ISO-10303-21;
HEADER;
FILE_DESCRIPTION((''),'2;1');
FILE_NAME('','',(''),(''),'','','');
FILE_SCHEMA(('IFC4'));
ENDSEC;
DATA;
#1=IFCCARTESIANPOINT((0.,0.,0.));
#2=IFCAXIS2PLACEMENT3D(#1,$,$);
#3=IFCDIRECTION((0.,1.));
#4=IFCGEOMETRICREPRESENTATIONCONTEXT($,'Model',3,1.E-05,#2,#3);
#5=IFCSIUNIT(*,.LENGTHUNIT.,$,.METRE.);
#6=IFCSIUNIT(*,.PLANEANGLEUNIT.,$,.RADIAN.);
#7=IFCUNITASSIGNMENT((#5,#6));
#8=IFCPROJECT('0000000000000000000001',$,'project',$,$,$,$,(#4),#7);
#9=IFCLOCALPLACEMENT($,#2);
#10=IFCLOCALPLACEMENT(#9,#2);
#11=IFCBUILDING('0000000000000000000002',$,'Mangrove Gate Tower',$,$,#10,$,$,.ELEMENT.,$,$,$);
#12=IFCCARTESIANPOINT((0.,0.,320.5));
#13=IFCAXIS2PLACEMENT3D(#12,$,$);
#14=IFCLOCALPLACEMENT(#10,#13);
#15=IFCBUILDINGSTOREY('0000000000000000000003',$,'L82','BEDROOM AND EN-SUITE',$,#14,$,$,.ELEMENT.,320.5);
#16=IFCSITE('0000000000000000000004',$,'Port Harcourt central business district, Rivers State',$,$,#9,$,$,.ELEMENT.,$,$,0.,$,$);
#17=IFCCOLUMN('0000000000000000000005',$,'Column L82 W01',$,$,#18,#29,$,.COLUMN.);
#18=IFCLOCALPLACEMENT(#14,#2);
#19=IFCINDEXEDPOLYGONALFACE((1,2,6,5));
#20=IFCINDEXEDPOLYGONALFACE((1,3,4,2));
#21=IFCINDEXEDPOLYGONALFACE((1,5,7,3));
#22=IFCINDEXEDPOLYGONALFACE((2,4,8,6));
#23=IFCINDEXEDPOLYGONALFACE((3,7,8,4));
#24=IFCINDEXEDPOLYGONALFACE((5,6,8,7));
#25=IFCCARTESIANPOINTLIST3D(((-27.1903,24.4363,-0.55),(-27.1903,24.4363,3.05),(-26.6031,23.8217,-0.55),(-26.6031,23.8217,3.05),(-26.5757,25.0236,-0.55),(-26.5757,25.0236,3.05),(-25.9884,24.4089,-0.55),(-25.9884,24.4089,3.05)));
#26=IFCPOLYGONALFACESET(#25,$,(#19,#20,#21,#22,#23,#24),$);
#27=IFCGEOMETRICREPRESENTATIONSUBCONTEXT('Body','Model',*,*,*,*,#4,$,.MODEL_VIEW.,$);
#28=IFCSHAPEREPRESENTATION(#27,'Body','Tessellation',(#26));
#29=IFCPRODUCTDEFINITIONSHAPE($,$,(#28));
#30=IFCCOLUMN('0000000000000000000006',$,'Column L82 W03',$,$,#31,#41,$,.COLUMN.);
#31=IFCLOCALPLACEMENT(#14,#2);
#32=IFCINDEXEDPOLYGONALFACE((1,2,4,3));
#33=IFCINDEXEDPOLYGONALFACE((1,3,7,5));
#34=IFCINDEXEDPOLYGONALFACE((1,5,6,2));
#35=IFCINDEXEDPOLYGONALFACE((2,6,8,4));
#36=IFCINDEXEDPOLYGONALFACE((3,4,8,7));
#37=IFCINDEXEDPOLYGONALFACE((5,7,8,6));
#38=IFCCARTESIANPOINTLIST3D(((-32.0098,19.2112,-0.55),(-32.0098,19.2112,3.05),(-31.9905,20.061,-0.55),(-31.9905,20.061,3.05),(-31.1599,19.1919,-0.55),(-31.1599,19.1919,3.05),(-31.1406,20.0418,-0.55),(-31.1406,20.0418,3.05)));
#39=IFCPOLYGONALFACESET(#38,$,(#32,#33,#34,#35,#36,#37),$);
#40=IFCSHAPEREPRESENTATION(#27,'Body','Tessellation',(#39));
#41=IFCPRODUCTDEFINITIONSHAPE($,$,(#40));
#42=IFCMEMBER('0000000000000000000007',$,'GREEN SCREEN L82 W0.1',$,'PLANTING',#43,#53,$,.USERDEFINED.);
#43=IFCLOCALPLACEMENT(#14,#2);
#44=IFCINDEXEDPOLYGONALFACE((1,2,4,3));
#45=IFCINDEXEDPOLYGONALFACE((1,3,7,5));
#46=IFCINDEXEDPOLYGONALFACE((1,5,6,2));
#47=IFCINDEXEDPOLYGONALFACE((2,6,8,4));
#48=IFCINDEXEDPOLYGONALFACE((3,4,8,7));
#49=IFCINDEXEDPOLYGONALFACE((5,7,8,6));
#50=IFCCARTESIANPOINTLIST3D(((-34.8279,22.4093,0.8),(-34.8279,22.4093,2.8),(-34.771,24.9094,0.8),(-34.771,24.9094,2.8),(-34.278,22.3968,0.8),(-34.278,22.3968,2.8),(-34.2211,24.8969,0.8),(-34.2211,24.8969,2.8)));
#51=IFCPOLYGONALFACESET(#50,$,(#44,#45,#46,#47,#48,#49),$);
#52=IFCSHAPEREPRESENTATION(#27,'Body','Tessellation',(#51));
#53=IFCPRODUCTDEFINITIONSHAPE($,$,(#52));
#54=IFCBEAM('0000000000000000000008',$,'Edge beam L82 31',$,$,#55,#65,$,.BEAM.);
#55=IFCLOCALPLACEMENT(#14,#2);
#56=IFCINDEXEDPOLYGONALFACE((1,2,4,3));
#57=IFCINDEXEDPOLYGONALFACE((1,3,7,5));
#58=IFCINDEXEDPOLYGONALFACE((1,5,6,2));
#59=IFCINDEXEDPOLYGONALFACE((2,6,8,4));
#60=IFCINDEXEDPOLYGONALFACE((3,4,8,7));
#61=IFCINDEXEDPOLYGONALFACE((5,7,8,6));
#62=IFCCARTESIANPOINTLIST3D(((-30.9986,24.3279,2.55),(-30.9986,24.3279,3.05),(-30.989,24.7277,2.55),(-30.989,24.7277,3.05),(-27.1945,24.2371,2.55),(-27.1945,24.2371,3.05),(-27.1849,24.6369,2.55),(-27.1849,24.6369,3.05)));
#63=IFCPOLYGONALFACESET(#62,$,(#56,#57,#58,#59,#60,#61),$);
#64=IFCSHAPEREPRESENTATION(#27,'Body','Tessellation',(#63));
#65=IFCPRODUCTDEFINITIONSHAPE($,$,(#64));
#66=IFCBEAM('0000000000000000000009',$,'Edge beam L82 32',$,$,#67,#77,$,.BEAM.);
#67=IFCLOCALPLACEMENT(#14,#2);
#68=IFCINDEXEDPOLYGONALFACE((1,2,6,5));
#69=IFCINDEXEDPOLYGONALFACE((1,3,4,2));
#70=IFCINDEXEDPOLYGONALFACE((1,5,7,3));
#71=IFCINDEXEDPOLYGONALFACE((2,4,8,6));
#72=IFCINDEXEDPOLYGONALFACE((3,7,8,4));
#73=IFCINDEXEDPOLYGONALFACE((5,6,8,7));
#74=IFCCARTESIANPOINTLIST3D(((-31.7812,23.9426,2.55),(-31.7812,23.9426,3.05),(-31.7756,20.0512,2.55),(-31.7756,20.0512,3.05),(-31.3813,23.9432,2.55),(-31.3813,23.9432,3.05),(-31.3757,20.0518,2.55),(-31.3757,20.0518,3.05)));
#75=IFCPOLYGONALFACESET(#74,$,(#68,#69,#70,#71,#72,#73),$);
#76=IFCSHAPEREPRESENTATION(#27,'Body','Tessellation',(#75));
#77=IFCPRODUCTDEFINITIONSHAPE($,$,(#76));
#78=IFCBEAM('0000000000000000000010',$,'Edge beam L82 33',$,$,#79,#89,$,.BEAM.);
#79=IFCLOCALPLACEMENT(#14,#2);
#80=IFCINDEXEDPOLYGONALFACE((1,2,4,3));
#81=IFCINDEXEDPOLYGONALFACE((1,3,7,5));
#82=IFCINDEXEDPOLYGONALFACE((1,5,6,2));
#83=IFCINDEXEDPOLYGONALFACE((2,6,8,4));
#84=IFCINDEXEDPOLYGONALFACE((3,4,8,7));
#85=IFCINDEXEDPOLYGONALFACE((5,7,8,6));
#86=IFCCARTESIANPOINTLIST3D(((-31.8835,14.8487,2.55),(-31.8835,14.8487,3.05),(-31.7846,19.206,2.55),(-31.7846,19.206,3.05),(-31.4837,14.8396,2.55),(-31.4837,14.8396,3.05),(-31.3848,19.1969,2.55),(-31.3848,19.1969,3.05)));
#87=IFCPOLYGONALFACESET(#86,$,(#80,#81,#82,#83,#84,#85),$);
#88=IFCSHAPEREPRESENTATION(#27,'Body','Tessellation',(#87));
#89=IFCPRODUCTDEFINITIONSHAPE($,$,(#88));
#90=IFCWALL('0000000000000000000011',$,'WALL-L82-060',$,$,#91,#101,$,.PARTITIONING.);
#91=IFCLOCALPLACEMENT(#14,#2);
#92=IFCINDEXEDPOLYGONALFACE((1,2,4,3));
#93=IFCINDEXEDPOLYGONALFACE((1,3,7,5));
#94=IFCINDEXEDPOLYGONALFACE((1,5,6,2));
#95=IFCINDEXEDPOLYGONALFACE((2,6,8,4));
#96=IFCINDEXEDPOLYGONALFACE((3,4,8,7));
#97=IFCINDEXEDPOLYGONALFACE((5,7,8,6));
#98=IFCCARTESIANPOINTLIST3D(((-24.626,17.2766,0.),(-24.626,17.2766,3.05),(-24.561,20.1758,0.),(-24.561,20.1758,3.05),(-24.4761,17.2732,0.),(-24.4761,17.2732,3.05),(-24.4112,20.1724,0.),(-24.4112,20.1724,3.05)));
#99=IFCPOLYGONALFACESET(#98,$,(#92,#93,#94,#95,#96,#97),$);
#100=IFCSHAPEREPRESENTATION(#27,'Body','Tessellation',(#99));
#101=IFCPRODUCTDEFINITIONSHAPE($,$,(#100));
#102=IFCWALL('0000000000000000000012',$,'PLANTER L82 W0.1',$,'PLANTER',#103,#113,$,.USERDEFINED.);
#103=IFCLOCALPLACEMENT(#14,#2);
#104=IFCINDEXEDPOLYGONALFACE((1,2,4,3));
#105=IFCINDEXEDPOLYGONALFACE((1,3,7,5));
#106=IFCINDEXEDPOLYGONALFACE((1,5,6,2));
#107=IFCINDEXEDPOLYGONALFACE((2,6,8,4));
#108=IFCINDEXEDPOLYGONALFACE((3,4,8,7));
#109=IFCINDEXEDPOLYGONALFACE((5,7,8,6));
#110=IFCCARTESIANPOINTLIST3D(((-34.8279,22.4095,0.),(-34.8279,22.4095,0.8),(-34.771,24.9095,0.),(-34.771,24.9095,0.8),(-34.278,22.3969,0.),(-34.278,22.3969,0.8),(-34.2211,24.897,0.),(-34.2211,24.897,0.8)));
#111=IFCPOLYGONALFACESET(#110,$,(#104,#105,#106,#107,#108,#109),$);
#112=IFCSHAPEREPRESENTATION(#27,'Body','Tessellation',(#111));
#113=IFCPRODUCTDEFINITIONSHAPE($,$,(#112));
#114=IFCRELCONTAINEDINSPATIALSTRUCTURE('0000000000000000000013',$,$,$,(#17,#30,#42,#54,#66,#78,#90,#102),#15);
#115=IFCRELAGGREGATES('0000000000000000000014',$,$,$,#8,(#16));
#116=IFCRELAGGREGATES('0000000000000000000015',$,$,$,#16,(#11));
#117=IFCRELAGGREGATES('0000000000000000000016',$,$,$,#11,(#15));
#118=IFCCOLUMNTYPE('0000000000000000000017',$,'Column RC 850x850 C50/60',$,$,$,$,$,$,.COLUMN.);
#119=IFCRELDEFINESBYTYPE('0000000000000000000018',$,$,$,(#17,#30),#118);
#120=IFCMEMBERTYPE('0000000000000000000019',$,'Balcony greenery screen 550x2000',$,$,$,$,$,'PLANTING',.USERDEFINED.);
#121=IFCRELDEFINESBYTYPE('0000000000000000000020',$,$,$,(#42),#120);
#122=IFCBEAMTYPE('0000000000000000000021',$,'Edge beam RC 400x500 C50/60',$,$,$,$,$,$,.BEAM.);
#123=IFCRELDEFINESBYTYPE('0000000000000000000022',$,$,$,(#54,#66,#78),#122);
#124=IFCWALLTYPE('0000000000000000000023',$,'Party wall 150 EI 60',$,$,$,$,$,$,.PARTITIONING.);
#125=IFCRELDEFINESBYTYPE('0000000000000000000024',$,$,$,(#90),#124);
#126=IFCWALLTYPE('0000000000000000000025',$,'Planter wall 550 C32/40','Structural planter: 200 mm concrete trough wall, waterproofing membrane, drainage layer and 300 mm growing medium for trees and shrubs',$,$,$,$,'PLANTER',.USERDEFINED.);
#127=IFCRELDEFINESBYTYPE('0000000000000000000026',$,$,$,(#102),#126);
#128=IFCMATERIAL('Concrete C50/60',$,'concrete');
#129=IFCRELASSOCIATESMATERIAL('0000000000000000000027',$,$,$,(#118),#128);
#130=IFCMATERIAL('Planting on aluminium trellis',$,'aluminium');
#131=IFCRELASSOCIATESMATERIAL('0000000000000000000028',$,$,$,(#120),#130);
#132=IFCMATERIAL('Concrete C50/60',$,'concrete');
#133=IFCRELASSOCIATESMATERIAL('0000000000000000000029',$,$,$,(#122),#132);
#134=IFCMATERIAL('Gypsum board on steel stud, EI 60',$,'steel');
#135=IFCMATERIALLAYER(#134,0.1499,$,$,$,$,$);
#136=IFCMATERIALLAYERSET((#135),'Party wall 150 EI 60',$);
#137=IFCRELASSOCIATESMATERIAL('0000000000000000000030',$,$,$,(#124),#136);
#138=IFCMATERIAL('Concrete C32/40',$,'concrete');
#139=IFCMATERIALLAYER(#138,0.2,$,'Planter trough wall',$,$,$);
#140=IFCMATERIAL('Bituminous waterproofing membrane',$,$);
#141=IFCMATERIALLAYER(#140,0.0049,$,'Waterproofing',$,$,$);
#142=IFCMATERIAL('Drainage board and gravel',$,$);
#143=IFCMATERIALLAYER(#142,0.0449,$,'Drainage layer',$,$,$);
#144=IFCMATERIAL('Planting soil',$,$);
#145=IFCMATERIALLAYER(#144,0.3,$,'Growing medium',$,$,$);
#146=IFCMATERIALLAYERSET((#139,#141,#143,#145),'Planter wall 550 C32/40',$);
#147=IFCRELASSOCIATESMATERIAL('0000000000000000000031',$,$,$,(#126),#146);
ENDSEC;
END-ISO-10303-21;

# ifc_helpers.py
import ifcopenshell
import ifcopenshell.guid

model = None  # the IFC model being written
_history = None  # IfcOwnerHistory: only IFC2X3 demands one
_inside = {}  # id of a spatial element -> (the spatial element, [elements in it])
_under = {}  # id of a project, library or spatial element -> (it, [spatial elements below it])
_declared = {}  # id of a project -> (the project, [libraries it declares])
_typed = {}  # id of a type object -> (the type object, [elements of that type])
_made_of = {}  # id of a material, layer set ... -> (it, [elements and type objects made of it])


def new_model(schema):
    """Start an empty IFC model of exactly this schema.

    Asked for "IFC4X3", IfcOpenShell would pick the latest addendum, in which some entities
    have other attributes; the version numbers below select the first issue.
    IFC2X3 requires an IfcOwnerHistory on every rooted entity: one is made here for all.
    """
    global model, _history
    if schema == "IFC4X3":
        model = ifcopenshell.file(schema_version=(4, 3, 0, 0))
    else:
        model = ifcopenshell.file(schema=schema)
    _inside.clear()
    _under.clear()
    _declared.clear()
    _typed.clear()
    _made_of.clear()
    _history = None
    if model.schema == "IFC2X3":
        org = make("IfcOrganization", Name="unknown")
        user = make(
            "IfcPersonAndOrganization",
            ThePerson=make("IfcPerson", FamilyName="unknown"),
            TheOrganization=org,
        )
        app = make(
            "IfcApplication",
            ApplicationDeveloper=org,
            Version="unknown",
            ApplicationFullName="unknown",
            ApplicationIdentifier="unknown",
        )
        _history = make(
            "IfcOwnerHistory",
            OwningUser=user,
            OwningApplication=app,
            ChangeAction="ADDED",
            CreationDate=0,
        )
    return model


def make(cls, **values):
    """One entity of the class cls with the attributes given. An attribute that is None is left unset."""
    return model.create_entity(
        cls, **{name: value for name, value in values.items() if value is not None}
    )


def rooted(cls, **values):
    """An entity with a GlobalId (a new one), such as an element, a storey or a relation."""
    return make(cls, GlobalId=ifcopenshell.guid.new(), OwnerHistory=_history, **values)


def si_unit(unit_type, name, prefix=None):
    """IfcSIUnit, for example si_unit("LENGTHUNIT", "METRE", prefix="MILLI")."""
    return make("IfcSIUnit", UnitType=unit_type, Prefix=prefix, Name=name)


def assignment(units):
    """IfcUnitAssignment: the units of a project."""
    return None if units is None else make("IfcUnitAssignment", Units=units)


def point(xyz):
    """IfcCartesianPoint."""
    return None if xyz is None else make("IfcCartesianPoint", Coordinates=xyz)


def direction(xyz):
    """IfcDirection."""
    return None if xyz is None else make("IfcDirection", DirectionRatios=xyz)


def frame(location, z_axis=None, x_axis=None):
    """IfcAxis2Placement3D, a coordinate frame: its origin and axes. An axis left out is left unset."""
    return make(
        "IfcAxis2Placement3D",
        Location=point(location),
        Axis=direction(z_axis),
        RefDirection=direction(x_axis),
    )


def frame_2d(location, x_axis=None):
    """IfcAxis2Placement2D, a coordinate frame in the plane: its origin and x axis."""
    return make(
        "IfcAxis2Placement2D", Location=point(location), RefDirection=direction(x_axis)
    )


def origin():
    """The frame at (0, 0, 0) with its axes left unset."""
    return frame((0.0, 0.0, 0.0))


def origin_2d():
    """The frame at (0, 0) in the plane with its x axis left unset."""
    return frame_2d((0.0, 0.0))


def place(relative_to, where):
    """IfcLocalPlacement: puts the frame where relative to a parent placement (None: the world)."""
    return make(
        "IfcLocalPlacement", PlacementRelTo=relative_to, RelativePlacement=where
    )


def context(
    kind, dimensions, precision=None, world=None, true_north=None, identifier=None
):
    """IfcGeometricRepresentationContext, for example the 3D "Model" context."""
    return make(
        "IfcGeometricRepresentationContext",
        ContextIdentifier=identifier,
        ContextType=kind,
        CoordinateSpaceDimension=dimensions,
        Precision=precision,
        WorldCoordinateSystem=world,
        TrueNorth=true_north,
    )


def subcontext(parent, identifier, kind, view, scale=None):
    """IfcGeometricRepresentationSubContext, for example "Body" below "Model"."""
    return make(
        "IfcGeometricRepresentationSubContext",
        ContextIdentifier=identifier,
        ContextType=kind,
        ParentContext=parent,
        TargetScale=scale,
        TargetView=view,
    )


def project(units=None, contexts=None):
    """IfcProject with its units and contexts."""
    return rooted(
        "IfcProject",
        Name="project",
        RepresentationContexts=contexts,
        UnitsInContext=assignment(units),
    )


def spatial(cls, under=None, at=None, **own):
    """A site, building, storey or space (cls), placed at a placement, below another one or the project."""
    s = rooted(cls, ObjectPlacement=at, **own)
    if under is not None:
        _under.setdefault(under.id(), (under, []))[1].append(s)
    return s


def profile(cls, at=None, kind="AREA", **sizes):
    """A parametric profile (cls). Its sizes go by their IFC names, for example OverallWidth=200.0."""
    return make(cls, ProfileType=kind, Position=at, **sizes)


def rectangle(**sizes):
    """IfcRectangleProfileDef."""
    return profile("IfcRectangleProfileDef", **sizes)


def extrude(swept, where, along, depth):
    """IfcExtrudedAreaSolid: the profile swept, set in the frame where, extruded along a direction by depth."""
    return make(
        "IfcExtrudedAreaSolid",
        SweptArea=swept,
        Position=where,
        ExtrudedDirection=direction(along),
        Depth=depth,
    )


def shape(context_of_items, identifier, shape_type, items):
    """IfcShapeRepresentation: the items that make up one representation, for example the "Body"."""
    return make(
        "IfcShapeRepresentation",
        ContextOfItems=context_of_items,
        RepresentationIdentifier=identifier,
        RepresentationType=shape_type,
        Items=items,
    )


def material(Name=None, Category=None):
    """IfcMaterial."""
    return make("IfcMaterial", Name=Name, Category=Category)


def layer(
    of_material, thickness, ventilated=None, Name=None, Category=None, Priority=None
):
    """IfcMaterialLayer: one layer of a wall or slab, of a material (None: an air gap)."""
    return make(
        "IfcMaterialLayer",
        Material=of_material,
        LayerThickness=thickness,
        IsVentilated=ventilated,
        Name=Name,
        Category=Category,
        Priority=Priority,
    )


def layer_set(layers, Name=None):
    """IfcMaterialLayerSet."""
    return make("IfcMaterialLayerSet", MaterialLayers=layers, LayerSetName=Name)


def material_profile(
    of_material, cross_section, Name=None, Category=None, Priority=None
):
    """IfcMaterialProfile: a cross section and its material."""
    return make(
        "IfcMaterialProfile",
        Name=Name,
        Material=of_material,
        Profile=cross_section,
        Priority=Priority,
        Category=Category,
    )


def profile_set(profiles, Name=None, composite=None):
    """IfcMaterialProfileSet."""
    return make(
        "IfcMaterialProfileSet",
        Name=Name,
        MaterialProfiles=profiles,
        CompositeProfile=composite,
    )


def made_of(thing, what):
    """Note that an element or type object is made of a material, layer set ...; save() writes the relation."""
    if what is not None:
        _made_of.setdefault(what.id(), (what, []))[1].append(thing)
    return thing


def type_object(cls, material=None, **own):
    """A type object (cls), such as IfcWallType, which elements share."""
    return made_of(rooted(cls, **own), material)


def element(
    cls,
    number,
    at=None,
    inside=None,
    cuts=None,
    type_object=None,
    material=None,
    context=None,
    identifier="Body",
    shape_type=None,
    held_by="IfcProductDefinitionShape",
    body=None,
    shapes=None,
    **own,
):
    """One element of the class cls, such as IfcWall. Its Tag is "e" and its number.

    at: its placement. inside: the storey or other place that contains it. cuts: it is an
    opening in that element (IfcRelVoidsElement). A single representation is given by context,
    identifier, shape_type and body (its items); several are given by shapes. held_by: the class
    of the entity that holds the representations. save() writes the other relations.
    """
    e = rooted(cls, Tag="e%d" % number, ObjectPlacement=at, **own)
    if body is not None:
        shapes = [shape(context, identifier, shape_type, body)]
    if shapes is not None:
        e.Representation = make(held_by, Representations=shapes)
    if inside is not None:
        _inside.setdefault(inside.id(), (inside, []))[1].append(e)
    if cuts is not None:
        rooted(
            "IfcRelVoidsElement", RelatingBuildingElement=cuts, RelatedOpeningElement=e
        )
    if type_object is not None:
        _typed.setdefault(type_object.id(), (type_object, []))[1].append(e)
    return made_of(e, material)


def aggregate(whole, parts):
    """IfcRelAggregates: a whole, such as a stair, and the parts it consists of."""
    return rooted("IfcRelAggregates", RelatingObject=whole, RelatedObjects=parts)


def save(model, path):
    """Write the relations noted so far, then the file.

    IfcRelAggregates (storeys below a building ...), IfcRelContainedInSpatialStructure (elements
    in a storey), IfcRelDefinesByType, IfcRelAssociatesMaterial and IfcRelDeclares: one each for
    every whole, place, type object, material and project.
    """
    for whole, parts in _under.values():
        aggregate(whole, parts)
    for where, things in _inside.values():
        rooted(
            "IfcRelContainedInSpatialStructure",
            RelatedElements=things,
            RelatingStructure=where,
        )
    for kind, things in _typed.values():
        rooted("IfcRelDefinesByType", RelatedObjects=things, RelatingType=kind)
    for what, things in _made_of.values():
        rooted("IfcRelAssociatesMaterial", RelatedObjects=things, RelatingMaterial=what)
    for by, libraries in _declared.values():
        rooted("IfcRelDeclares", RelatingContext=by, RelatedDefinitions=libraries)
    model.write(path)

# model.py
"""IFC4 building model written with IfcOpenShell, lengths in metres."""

from ifc_helpers import new_model, si_unit, direction, frame, frame_2d, origin, origin_2d, place, context, subcontext, project, spatial, rectangle, extrude, material, layer, layer_set, material_profile, profile_set, type_object, element, save


model = new_model("IFC4")

# Units and contexts
model_context = context("Model", 3, precision=1e-05, world=origin(), true_north=direction((0.0, 1.0)))
body_context = subcontext(model_context, "Body", "Model", "MODEL_VIEW")
ifc_project = project(units=[si_unit("LENGTHUNIT", "METRE"), si_unit("PLANEANGLEUNIT", "RADIAN")], contexts=[model_context])

# Site, building, storey
site_placement = place(None, origin())
site = spatial("IfcSite", under=ifc_project, at=site_placement, Name="Port Harcourt central business district, Rivers State", CompositionType="ELEMENT", RefElevation=0.0)
building_placement = place(site_placement, origin())
building = spatial("IfcBuilding", under=site, at=building_placement, Name="Mangrove Gate Tower", CompositionType="ELEMENT")
storey_placement = place(building_placement, frame((0.0, 0.0, 320.5)))
storey = spatial("IfcBuildingStorey", under=building, at=storey_placement, Name="L82", Description="BEDROOM AND EN-SUITE", CompositionType="ELEMENT", Elevation=320.5)

# Columns
ifc_material_1 = material(Name="Concrete C50/60", Category="concrete")
ifc_material_profile_1 = material_profile(ifc_material_1, rectangle(XDim=0.8501, YDim=0.8501, at=origin_2d()))
ifc_profile_set_1 = profile_set([ifc_material_profile_1], Name="Concrete C50/60")
column_type = type_object("IfcColumnType", Name="Column RC 850x850 C50/60", PredefinedType="COLUMN", material=ifc_profile_set_1)
for number, where, z_axis, x_axis, name in (
    (1, (-26.5894, 24.4226, -0.55), (0.0, 0.0, 1.0), (-0.723044, -0.690802, 0.0), "Column L82 W01"),
    (2, (-31.5752, 19.6265, -0.55), (0.0, 0.0, 1.0), (-0.022656, -0.999743, 0.0), "Column L82 W03"),
):
    element("IfcColumn", number, at=place(storey_placement, frame(where, z_axis=z_axis, x_axis=x_axis)), inside=storey, type_object=column_type, Name=name, PredefinedType="COLUMN", context=body_context, shape_type="SweptSolid", body=[
        extrude(rectangle(XDim=0.8501, YDim=0.8501, at=origin_2d()), origin(), (0.0, 0.0, 1.0), 3.6001),
    ])

# Member
ifc_material_2 = material(Name="Planting on aluminium trellis", Category="aluminium")
ifc_material_profile_2 = material_profile(ifc_material_2, rectangle(XDim=0.55, YDim=2.0, at=origin_2d()))
ifc_profile_set_2 = profile_set([ifc_material_profile_2], Name="Planting on aluminium trellis")
member_type = type_object("IfcMemberType", Name="Balcony greenery screen 550x2000", ElementType="PLANTING", PredefinedType="USERDEFINED", material=ifc_profile_set_2)
member_placement = place(storey_placement, frame((-34.553, 22.4031, 1.8), z_axis=(0.022748, 0.999741, 0.0), x_axis=(-0.999741, 0.022748, 0.0)))
element("IfcMember", 3, at=member_placement, inside=storey, type_object=member_type, Name="GREEN SCREEN L82 W0.1", ObjectType="PLANTING", PredefinedType="USERDEFINED", context=body_context, shape_type="SweptSolid", body=[
    extrude(rectangle(XDim=0.55, YDim=2.0, at=origin_2d()), origin(), (0.0, 0.0, 1.0), 2.5007),
])

# Beams
ifc_material_3 = material(Name="Concrete C50/60", Category="concrete")
ifc_material_profile_3 = material_profile(ifc_material_3, rectangle(XDim=0.3999, YDim=0.5, at=origin_2d()))
ifc_profile_set_3 = profile_set([ifc_material_profile_3], Name="Concrete C50/60")
beam_type = type_object("IfcBeamType", Name="Edge beam RC 400x500 C50/60", PredefinedType="BEAM", material=ifc_profile_set_3)
beam_1_placement = place(storey_placement, frame((-27.1897, 24.437, 2.8), z_axis=(-0.999715, 0.023867, 0.0), x_axis=(-0.023867, -0.999715, 0.0)))
element("IfcBeam", 4, at=beam_1_placement, inside=storey, type_object=beam_type, Name="Edge beam L82 31", PredefinedType="BEAM", context=body_context, shape_type="SweptSolid", body=[
    extrude(rectangle(XDim=0.3999, YDim=0.5, at=origin_2d()), origin(), (0.0, 0.0, 1.0), 3.8052),
])
beam_2_placement = place(storey_placement, frame((-31.5813, 23.9429, 2.8), z_axis=(0.001443, -0.999999, 0.0), x_axis=(0.999999, 0.001443, 0.0)))
element("IfcBeam", 5, at=beam_2_placement, inside=storey, type_object=beam_type, Name="Edge beam L82 32", PredefinedType="BEAM", context=body_context, shape_type="SweptSolid", body=[
    extrude(rectangle(XDim=0.3999, YDim=0.5, at=origin_2d()), origin(), (0.0, 0.0, 1.0), 3.8914),
])
beam_3_placement = place(storey_placement, frame((-31.5847, 19.2014, 2.8), z_axis=(-0.022687, -0.999743, 0.0), x_axis=(0.999743, -0.022687, 0.0)))
element("IfcBeam", 6, at=beam_3_placement, inside=storey, type_object=beam_type, Name="Edge beam L82 33", PredefinedType="BEAM", context=body_context, shape_type="SweptSolid", body=[
    extrude(rectangle(XDim=0.3999, YDim=0.5, at=origin_2d()), origin(), (0.0, 0.0, 1.0), 4.3584),
])

# Walls
ifc_material_4 = material(Name="Gypsum board on steel stud, EI 60", Category="steel")
ifc_layer_1 = layer(ifc_material_4, 0.1499)
ifc_layer_set_1 = layer_set([ifc_layer_1], Name="Party wall 150 EI 60")
wall_type_1 = type_object("IfcWallType", Name="Party wall 150 EI 60", PredefinedType="PARTITIONING", material=ifc_layer_set_1)
wall_1_placement = place(storey_placement, frame((-24.551, 17.2749, 0.0), z_axis=(0.0, 0.0, 1.0), x_axis=(0.022394, 0.999749, 0.0)))
element("IfcWall", 7, at=wall_1_placement, inside=storey, type_object=wall_type_1, Name="WALL-L82-060", PredefinedType="PARTITIONING", context=body_context, shape_type="SweptSolid", body=[
    extrude(rectangle(XDim=2.8999, YDim=0.1499, at=frame_2d((1.45, 0.0))), origin(), (0.0, 0.0, 1.0), 3.05),
])
ifc_material_5 = material(Name="Concrete C32/40", Category="concrete")
ifc_layer_2 = layer(ifc_material_5, 0.2, Name="Planter trough wall")
ifc_material_6 = material(Name="Bituminous waterproofing membrane")
ifc_layer_3 = layer(ifc_material_6, 0.0049, Name="Waterproofing")
ifc_material_7 = material(Name="Drainage board and gravel")
ifc_layer_4 = layer(ifc_material_7, 0.0449, Name="Drainage layer")
ifc_material_8 = material(Name="Planting soil")
ifc_layer_5 = layer(ifc_material_8, 0.3, Name="Growing medium")
ifc_layer_set_2 = layer_set([ifc_layer_2, ifc_layer_3, ifc_layer_4, ifc_layer_5], Name="Planter wall 550 C32/40")
wall_type_2 = type_object("IfcWallType", Name="Planter wall 550 C32/40", Description="Structural planter: 200 mm concrete trough wall, waterproofing membrane, drainage layer and 300 mm growing medium for trees and shrubs", ElementType="PLANTER", PredefinedType="USERDEFINED", material=ifc_layer_set_2)
wall_2_placement = place(storey_placement, frame((-34.553, 22.4031, 0.0), z_axis=(0.0, 0.0, 1.0), x_axis=(0.022748, 0.999741, 0.0)))
element("IfcWall", 8, at=wall_2_placement, inside=storey, type_object=wall_type_2, Name="PLANTER L82 W0.1", ObjectType="PLANTER", PredefinedType="USERDEFINED", context=body_context, shape_type="SweptSolid", body=[
    extrude(rectangle(XDim=2.5007, YDim=0.55, at=frame_2d((1.2505, 0.0))), origin(), (0.0, 0.0, 1.0), 0.8),
])

save(model, "model.ifc")
